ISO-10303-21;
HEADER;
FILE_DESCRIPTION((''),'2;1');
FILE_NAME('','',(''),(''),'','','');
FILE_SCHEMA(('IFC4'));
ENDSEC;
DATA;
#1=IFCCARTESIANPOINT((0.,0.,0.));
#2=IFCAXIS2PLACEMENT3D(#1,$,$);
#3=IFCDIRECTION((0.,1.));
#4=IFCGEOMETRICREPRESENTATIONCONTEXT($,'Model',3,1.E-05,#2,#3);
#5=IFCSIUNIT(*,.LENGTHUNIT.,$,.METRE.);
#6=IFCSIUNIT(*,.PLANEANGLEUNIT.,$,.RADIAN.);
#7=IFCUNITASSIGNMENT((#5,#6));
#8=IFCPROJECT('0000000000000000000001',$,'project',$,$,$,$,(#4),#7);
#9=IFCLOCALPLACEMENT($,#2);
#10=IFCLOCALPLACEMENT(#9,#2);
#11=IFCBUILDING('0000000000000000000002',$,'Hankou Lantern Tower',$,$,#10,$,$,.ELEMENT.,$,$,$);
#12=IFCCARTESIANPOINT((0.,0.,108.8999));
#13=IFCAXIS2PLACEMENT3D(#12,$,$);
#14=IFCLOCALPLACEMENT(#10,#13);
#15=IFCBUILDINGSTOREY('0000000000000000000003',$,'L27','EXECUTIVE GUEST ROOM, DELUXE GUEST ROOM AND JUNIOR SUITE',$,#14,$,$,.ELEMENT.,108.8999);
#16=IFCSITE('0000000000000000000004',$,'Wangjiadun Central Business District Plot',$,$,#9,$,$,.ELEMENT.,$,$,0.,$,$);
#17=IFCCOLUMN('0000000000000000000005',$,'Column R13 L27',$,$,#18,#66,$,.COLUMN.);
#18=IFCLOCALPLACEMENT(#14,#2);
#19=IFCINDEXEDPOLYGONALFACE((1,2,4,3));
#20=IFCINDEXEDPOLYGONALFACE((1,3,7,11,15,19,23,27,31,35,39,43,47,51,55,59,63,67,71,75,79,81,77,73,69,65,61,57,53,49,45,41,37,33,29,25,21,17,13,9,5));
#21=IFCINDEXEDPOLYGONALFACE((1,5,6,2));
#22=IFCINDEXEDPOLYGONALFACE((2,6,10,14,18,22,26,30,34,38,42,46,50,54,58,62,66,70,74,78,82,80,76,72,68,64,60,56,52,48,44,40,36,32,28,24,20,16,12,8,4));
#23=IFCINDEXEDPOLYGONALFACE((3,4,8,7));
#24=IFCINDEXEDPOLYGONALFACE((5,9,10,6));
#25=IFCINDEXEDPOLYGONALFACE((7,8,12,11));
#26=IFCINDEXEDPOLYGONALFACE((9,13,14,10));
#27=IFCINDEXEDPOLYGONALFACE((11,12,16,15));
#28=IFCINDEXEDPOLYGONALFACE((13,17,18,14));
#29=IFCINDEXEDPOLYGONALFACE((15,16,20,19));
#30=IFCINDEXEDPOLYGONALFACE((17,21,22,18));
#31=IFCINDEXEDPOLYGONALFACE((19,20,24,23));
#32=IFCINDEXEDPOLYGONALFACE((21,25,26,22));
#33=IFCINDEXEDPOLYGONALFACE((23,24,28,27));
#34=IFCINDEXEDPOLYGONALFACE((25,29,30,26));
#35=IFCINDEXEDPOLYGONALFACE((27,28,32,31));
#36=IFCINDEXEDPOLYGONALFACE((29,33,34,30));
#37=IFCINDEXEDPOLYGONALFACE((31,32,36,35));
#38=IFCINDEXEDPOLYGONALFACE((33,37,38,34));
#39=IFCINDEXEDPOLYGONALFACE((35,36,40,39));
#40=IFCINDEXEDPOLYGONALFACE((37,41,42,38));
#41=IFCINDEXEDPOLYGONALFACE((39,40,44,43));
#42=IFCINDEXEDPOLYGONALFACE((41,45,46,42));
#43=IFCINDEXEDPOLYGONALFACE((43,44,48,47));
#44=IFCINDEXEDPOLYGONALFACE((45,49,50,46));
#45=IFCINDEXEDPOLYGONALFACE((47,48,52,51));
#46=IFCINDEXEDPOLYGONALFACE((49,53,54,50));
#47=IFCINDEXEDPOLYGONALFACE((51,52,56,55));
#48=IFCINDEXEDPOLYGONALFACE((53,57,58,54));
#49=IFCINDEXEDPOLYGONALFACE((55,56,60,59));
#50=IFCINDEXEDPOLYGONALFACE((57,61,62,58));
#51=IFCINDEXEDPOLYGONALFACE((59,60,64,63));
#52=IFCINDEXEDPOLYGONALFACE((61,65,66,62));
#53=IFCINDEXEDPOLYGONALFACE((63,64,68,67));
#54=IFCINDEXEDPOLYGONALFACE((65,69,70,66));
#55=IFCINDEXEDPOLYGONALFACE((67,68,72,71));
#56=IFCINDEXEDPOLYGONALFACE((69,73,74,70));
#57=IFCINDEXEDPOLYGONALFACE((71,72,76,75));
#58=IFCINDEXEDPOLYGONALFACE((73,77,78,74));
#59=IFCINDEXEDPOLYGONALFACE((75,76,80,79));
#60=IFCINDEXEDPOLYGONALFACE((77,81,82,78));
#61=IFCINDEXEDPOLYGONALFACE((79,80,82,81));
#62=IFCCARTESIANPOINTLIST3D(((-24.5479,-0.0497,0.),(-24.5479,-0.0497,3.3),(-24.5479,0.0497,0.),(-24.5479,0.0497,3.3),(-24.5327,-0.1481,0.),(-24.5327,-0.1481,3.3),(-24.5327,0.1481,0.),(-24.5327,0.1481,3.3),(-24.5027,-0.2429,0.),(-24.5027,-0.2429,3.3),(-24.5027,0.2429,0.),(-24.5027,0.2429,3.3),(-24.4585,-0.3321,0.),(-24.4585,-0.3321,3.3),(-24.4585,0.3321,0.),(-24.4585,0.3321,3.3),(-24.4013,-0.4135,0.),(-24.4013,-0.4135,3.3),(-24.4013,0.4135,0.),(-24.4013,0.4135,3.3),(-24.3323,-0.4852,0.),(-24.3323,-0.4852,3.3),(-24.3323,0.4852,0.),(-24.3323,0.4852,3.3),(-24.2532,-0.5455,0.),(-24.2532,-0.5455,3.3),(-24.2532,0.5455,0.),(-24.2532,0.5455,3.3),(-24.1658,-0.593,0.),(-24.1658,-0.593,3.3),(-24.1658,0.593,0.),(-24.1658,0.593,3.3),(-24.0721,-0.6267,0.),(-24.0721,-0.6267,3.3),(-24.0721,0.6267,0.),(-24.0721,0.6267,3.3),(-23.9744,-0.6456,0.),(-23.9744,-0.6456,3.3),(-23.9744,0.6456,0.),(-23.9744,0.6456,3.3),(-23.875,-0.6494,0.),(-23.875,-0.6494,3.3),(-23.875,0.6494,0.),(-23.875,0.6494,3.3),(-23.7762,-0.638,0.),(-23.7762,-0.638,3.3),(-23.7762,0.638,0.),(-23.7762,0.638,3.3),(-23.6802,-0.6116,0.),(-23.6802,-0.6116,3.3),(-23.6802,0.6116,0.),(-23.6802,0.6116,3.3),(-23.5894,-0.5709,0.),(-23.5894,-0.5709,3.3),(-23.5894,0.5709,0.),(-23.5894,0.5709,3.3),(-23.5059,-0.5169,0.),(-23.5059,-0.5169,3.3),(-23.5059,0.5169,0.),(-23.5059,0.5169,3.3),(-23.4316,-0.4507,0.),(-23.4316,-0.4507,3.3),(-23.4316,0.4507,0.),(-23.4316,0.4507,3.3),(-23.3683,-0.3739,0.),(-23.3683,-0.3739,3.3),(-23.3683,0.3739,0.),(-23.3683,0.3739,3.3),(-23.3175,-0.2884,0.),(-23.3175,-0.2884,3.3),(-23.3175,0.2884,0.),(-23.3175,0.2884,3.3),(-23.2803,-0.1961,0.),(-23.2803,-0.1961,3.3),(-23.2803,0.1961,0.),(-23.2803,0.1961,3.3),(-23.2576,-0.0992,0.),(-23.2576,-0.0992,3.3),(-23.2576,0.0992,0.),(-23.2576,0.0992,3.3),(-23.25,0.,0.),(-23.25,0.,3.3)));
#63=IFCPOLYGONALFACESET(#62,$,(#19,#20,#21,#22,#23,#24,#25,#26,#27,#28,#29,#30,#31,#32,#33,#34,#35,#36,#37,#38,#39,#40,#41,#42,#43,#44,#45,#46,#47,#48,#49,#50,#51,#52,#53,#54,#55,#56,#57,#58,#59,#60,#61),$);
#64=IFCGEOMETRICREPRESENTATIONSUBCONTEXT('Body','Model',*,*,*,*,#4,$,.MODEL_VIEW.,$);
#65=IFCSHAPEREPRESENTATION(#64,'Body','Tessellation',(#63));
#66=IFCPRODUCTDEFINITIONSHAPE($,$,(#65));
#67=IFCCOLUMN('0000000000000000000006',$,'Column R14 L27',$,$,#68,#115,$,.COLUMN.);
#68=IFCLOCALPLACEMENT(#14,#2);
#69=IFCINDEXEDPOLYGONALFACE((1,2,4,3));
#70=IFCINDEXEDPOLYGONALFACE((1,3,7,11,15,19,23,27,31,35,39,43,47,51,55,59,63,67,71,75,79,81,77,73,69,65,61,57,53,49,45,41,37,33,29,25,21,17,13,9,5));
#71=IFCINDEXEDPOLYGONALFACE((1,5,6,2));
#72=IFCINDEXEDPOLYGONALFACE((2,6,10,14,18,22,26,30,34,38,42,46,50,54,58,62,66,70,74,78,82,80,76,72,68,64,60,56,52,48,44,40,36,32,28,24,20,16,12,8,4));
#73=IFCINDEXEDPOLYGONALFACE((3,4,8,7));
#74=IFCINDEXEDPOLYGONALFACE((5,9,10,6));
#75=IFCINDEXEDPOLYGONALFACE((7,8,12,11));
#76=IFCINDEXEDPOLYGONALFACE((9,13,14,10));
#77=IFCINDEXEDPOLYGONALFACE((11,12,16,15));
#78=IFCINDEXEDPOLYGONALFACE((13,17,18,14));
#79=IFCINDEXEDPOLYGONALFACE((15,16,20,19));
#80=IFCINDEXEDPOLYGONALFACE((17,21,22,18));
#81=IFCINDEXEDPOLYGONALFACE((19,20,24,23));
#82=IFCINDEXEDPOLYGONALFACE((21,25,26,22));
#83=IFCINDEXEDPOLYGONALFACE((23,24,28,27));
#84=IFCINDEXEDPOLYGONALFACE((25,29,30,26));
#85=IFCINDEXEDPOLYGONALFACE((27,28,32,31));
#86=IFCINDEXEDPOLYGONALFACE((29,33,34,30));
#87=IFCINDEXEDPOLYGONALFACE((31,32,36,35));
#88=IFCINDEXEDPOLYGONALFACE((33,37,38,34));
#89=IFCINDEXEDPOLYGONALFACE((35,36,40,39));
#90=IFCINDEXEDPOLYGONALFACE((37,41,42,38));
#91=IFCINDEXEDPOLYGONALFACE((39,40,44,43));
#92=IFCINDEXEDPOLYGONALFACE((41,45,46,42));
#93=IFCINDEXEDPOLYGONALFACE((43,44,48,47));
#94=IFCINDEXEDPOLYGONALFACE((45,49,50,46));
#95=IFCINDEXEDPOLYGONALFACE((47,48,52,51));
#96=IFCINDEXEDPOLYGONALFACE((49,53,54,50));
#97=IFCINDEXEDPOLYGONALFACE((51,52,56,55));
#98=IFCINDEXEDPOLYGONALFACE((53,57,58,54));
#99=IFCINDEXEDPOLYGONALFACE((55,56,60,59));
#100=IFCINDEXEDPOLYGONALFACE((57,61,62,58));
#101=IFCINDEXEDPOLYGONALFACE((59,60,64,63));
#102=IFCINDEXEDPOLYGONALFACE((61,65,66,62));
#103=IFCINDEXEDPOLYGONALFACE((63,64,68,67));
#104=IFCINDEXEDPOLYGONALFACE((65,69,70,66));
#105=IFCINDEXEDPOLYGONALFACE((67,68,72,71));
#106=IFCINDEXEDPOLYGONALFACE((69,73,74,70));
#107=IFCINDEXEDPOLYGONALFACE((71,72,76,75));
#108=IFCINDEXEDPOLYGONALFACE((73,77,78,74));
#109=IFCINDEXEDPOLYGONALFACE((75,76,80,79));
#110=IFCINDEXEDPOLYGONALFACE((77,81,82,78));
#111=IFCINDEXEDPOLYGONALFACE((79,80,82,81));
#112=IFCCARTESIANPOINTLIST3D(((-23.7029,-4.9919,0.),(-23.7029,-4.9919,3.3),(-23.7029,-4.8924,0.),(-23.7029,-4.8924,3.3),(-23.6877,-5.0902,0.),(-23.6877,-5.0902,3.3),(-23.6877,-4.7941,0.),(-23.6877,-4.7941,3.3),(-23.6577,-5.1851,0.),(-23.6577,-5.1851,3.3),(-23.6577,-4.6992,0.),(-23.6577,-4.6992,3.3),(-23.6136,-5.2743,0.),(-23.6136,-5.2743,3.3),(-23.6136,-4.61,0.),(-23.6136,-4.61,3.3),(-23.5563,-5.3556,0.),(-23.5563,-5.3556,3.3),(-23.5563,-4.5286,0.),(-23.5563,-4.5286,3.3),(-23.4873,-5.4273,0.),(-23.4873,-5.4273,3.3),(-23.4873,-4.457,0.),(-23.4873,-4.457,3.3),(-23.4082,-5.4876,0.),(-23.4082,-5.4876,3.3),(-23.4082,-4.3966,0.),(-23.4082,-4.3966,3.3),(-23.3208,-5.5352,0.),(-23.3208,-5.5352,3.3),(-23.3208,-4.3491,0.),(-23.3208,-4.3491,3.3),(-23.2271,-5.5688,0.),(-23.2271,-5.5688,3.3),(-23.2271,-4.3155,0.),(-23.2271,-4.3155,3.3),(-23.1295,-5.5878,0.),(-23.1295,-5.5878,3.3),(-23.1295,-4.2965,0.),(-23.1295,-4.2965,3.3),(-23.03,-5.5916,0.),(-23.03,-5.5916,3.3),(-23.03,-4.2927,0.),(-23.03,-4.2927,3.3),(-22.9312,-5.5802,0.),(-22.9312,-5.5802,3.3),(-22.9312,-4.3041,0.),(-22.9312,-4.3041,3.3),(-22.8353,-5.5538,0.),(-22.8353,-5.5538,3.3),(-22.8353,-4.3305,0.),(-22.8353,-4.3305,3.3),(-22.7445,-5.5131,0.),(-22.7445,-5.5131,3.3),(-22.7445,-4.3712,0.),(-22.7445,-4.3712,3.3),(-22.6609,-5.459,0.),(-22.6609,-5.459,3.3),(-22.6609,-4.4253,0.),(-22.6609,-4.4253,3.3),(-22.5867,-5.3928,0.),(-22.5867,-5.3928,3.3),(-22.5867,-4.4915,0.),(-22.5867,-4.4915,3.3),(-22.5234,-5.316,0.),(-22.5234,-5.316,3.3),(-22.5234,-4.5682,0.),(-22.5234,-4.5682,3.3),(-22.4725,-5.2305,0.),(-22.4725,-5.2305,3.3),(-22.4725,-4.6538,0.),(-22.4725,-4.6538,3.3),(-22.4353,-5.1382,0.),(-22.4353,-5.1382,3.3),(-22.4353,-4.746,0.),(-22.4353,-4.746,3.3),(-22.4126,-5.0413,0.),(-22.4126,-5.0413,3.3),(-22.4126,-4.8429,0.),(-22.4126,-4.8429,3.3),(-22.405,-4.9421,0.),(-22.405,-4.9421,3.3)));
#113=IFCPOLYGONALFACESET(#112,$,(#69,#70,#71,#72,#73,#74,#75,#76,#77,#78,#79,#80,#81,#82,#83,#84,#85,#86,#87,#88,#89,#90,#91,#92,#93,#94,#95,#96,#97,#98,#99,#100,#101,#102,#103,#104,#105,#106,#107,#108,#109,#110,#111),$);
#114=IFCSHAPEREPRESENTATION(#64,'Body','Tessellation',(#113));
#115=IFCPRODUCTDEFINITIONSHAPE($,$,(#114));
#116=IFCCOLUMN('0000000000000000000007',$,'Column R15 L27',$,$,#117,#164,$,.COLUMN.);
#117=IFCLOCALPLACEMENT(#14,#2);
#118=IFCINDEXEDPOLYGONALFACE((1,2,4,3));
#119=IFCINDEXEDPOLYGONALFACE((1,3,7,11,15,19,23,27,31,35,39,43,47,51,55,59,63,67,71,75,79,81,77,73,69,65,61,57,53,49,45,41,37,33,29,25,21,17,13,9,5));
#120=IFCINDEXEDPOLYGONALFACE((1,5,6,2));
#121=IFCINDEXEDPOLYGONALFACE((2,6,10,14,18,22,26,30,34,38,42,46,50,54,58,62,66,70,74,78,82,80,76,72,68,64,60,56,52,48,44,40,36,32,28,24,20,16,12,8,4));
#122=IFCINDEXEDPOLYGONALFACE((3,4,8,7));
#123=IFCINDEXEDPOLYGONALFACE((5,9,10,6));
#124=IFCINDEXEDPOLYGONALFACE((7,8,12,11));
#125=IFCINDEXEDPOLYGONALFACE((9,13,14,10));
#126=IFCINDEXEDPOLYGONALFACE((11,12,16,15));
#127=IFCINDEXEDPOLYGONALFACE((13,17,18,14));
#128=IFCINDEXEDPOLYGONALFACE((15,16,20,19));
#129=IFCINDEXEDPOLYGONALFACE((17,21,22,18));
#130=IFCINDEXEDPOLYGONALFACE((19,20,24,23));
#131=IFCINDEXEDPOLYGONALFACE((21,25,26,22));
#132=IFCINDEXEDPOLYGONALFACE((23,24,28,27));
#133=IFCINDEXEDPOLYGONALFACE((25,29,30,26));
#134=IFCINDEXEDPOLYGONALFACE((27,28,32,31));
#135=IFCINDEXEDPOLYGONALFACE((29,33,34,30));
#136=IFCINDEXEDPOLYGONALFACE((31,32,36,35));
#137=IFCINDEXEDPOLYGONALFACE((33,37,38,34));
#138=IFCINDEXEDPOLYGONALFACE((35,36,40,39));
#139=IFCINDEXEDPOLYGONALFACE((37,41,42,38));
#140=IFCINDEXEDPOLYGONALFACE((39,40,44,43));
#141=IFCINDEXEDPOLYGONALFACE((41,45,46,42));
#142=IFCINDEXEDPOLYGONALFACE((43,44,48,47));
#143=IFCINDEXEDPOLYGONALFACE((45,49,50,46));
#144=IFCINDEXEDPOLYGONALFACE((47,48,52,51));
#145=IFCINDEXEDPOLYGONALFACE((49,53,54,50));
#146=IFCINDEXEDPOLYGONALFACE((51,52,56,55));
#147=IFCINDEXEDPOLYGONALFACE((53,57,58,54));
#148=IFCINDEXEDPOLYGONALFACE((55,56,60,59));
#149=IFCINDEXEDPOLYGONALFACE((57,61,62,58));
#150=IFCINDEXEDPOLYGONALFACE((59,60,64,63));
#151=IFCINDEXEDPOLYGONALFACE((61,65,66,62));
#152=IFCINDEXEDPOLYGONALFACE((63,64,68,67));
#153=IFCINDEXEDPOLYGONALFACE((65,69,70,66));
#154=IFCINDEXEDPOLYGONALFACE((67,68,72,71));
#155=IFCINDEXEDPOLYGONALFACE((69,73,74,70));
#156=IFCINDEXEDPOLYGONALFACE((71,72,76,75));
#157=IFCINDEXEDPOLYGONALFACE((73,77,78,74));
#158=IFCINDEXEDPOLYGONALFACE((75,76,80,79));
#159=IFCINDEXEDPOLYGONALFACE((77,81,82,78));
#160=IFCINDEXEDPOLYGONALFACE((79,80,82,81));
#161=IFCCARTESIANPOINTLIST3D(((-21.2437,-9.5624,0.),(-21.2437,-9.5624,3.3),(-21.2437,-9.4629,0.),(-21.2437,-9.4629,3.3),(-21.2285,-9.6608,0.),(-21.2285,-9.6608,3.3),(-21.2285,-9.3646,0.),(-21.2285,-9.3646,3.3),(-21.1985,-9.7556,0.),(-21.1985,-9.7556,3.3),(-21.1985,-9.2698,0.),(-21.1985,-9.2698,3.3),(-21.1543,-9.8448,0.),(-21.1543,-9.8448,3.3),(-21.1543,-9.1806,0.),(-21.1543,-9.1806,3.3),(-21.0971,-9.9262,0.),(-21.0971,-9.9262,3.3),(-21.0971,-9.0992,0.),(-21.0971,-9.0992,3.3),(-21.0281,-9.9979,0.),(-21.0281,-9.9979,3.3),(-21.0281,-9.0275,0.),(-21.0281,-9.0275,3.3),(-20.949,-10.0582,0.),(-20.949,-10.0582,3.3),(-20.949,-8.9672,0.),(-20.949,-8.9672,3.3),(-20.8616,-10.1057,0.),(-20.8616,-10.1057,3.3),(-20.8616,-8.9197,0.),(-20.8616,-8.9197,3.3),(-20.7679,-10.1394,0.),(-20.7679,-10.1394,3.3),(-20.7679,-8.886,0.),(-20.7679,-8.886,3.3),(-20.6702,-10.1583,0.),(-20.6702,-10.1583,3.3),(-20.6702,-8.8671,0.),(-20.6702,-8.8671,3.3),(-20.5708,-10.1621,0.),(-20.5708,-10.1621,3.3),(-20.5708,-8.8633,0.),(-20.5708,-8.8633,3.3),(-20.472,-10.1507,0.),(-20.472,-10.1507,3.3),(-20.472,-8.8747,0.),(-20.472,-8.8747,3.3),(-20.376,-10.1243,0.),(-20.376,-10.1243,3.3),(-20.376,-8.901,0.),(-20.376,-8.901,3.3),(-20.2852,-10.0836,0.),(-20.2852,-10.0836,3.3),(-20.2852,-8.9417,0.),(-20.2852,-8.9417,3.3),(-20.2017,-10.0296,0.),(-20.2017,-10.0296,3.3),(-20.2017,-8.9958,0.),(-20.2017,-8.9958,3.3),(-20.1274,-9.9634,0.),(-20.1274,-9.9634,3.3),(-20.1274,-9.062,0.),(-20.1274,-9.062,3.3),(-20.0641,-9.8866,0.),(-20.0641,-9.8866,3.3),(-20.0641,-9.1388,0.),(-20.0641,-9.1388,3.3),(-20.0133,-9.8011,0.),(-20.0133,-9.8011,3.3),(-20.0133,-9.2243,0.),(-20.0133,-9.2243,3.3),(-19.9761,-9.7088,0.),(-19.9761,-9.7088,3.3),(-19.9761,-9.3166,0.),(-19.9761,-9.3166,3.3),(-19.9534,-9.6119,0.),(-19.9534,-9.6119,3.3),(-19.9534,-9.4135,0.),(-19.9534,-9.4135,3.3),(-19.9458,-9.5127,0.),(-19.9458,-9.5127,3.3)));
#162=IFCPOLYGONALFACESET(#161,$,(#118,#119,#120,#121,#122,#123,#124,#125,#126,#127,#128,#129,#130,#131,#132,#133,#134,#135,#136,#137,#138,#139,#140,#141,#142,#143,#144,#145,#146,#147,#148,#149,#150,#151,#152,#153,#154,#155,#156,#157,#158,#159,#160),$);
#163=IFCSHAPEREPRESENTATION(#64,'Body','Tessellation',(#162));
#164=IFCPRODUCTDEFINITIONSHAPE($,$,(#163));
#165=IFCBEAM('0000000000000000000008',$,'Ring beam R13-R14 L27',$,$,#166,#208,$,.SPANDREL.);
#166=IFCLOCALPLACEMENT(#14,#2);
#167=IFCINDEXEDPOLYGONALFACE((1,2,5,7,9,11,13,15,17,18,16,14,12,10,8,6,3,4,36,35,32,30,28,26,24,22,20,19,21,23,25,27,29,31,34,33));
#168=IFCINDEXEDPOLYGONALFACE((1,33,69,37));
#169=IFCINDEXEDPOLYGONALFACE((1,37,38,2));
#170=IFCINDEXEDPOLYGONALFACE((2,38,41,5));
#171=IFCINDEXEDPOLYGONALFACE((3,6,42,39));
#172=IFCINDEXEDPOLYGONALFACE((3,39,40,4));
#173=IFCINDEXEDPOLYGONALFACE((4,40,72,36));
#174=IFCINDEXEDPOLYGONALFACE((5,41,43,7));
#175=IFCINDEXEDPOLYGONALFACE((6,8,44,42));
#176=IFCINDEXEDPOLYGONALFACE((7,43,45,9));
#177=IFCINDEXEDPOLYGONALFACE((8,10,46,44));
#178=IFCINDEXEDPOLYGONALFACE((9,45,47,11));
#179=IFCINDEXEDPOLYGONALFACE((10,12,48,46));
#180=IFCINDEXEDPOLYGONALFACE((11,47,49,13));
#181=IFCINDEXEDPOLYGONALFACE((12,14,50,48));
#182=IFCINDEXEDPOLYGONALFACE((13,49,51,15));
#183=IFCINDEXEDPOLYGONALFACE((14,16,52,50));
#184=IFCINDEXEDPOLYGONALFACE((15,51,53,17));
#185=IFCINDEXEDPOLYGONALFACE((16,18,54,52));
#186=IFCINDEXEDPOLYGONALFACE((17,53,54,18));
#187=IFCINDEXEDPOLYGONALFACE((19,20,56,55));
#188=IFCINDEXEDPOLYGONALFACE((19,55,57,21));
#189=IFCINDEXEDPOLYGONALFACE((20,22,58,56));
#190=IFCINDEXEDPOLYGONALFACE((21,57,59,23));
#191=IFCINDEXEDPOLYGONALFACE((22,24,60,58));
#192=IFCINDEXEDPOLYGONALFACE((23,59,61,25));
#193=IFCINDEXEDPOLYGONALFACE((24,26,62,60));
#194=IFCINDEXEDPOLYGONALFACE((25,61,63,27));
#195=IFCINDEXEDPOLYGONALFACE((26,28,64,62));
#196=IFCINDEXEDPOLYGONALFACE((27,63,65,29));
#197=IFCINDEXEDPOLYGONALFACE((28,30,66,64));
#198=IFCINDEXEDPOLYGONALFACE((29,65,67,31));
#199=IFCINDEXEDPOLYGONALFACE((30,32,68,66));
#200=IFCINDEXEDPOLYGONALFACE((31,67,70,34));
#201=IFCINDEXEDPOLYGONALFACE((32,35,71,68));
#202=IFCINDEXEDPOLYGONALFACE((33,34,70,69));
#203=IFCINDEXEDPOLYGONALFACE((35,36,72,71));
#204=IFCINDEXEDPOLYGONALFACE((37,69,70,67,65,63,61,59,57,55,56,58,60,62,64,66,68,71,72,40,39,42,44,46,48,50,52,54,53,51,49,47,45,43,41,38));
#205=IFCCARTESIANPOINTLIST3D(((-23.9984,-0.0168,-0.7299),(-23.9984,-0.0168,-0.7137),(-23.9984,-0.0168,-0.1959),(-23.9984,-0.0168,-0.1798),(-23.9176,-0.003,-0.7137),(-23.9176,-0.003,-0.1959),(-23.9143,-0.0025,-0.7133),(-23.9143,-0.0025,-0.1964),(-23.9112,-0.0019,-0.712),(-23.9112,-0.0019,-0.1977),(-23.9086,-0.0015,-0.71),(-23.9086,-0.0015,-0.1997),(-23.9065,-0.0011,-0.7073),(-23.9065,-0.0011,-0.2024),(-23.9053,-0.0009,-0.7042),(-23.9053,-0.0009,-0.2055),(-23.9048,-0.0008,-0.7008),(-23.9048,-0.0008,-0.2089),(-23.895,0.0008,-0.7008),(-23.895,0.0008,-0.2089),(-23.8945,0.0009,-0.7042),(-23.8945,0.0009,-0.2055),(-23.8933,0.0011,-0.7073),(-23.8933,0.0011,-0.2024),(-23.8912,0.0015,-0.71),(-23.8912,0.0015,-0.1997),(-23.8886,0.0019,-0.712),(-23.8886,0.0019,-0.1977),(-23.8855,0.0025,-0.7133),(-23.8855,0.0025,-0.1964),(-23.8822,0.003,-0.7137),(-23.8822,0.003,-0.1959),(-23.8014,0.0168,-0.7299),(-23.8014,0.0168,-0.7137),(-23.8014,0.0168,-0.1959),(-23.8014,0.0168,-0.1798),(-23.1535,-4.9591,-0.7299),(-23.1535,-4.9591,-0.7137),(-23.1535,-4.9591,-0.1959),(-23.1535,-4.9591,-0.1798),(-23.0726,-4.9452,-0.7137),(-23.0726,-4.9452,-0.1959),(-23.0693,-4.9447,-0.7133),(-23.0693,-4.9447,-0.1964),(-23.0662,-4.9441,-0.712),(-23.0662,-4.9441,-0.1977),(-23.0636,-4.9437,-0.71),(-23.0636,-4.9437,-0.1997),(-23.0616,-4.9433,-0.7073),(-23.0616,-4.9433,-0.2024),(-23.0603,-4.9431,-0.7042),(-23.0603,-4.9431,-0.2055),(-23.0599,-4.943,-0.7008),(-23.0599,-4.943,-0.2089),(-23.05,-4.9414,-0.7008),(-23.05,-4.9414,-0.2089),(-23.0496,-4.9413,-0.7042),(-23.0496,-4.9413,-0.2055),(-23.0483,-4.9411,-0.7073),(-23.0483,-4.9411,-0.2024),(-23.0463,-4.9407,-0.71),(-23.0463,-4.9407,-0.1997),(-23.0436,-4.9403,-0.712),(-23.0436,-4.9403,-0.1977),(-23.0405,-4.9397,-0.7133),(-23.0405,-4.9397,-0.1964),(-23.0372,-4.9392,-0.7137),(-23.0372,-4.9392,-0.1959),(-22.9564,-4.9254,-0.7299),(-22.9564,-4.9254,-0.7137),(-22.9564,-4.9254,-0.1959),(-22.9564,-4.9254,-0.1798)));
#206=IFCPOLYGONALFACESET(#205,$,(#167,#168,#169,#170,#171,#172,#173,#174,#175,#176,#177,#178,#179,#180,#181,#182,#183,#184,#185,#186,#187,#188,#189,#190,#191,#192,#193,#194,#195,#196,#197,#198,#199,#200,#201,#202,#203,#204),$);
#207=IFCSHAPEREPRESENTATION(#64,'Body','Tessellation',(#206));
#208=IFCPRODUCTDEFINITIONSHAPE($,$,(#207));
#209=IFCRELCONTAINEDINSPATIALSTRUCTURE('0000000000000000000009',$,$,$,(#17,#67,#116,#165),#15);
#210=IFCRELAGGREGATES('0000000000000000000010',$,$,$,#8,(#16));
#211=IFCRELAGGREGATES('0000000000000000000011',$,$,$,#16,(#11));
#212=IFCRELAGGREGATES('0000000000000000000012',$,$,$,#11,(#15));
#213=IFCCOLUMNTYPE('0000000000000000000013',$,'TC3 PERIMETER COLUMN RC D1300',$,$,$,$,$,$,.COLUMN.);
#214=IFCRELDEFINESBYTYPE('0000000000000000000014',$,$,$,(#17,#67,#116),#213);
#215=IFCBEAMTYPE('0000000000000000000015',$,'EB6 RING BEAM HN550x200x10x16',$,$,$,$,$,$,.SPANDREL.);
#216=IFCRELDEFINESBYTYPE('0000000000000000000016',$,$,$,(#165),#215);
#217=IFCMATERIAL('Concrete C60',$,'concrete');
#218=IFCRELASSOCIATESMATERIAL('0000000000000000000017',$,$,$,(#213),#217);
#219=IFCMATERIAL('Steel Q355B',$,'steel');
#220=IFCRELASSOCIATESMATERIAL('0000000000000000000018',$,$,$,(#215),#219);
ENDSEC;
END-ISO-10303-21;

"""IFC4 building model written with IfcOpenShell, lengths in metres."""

from ifc_helpers import new_model, si_unit, direction, frame, origin, origin_2d, place, context, subcontext, project, spatial, circle, i_section, extrude, material, material_profile, profile_set, type_object, element, save


model = new_model("IFC4")

# Units and contexts
model_context = context("Model", 3, precision=1e-05, world=origin(), true_north=direction((0.0, 1.0)))
body_context = subcontext(model_context, "Body", "Model", "MODEL_VIEW")
ifc_project = project(units=[si_unit("LENGTHUNIT", "METRE"), si_unit("PLANEANGLEUNIT", "RADIAN")], contexts=[model_context])

# Site, building, storey
site_placement = place(None, origin())
site = spatial("IfcSite", under=ifc_project, at=site_placement, Name="Wangjiadun Central Business District Plot", CompositionType="ELEMENT", RefElevation=0.0)
building_placement = place(site_placement, origin())
building = spatial("IfcBuilding", under=site, at=building_placement, Name="Hankou Lantern Tower", CompositionType="ELEMENT")
storey_placement = place(building_placement, frame((0.0, 0.0, 108.8999)))
storey = spatial("IfcBuildingStorey", under=building, at=storey_placement, Name="L27", Description="EXECUTIVE GUEST ROOM, DELUXE GUEST ROOM AND JUNIOR SUITE", CompositionType="ELEMENT", Elevation=108.8999)

# Columns
ifc_material_1 = material(Name="Concrete C60", Category="concrete")
ifc_material_profile_1 = material_profile(ifc_material_1, circle(Radius=0.6499, at=origin_2d()), Name="RC D1300")
ifc_profile_set_1 = profile_set([ifc_material_profile_1], Name="Concrete C60")
column_type = type_object("IfcColumnType", Name="TC3 PERIMETER COLUMN RC D1300", PredefinedType="COLUMN", material=ifc_profile_set_1)
for number, where, z_axis, x_axis, name in (
    (1, (-23.8999, 0.0, 0.0), (0.0, 0.0, 1.0), (1.0, 0.0, 0.0), "Column R13 L27"),
    (2, (-23.0549, -4.9421, 0.0), (0.0, 0.0, 1.0), (1.0, 0.0, 0.0), "Column R14 L27"),
    (3, (-20.5957, -9.5127, 0.0), (0.0, 0.0, 1.0), (1.0, 0.0, 0.0), "Column R15 L27"),
):
    element("IfcColumn", number, at=place(storey_placement, frame(where, z_axis=z_axis, x_axis=x_axis)), inside=storey, type_object=column_type, Name=name, PredefinedType="COLUMN", context=body_context, shape_type="SweptSolid", body=[
        extrude(circle(Radius=0.6499, at=origin_2d()), origin(), (0.0, 0.0, 1.0), 3.3),
    ])

# Beam
ifc_material_2 = material(Name="Steel Q355B", Category="steel")
ifc_material_profile_2 = material_profile(ifc_material_2, i_section(OverallWidth=0.2, OverallDepth=0.55, WebThickness=0.01, FlangeThickness=0.0161, FilletRadius=0.0129, at=origin_2d()), Name="HN550x200x10x16")
ifc_profile_set_2 = profile_set([ifc_material_profile_2], Name="Steel Q355B")
beam_type_1 = type_object("IfcBeamType", Name="EB6 RING BEAM HN550x200x10x16", PredefinedType="SPANDREL", material=ifc_profile_set_2)
beam_1_placement = place(storey_placement, frame((-23.8999, 0.0, -0.4548), z_axis=(0.168527, -0.985697, 0.0), x_axis=(0.985697, 0.168527, 0.0)))
element("IfcBeam", 4, at=beam_1_placement, inside=storey, type_object=beam_type_1, Name="Ring beam R13-R14 L27", PredefinedType="SPANDREL", context=body_context, shape_type="SweptSolid", body=[
    extrude(i_section(OverallWidth=0.2, OverallDepth=0.55, WebThickness=0.01, FlangeThickness=0.0161, FilletRadius=0.0129, at=origin_2d()), origin(), (0.0, 0.0, 1.0), 5.0139),
])

save(model, "model.ifc")
